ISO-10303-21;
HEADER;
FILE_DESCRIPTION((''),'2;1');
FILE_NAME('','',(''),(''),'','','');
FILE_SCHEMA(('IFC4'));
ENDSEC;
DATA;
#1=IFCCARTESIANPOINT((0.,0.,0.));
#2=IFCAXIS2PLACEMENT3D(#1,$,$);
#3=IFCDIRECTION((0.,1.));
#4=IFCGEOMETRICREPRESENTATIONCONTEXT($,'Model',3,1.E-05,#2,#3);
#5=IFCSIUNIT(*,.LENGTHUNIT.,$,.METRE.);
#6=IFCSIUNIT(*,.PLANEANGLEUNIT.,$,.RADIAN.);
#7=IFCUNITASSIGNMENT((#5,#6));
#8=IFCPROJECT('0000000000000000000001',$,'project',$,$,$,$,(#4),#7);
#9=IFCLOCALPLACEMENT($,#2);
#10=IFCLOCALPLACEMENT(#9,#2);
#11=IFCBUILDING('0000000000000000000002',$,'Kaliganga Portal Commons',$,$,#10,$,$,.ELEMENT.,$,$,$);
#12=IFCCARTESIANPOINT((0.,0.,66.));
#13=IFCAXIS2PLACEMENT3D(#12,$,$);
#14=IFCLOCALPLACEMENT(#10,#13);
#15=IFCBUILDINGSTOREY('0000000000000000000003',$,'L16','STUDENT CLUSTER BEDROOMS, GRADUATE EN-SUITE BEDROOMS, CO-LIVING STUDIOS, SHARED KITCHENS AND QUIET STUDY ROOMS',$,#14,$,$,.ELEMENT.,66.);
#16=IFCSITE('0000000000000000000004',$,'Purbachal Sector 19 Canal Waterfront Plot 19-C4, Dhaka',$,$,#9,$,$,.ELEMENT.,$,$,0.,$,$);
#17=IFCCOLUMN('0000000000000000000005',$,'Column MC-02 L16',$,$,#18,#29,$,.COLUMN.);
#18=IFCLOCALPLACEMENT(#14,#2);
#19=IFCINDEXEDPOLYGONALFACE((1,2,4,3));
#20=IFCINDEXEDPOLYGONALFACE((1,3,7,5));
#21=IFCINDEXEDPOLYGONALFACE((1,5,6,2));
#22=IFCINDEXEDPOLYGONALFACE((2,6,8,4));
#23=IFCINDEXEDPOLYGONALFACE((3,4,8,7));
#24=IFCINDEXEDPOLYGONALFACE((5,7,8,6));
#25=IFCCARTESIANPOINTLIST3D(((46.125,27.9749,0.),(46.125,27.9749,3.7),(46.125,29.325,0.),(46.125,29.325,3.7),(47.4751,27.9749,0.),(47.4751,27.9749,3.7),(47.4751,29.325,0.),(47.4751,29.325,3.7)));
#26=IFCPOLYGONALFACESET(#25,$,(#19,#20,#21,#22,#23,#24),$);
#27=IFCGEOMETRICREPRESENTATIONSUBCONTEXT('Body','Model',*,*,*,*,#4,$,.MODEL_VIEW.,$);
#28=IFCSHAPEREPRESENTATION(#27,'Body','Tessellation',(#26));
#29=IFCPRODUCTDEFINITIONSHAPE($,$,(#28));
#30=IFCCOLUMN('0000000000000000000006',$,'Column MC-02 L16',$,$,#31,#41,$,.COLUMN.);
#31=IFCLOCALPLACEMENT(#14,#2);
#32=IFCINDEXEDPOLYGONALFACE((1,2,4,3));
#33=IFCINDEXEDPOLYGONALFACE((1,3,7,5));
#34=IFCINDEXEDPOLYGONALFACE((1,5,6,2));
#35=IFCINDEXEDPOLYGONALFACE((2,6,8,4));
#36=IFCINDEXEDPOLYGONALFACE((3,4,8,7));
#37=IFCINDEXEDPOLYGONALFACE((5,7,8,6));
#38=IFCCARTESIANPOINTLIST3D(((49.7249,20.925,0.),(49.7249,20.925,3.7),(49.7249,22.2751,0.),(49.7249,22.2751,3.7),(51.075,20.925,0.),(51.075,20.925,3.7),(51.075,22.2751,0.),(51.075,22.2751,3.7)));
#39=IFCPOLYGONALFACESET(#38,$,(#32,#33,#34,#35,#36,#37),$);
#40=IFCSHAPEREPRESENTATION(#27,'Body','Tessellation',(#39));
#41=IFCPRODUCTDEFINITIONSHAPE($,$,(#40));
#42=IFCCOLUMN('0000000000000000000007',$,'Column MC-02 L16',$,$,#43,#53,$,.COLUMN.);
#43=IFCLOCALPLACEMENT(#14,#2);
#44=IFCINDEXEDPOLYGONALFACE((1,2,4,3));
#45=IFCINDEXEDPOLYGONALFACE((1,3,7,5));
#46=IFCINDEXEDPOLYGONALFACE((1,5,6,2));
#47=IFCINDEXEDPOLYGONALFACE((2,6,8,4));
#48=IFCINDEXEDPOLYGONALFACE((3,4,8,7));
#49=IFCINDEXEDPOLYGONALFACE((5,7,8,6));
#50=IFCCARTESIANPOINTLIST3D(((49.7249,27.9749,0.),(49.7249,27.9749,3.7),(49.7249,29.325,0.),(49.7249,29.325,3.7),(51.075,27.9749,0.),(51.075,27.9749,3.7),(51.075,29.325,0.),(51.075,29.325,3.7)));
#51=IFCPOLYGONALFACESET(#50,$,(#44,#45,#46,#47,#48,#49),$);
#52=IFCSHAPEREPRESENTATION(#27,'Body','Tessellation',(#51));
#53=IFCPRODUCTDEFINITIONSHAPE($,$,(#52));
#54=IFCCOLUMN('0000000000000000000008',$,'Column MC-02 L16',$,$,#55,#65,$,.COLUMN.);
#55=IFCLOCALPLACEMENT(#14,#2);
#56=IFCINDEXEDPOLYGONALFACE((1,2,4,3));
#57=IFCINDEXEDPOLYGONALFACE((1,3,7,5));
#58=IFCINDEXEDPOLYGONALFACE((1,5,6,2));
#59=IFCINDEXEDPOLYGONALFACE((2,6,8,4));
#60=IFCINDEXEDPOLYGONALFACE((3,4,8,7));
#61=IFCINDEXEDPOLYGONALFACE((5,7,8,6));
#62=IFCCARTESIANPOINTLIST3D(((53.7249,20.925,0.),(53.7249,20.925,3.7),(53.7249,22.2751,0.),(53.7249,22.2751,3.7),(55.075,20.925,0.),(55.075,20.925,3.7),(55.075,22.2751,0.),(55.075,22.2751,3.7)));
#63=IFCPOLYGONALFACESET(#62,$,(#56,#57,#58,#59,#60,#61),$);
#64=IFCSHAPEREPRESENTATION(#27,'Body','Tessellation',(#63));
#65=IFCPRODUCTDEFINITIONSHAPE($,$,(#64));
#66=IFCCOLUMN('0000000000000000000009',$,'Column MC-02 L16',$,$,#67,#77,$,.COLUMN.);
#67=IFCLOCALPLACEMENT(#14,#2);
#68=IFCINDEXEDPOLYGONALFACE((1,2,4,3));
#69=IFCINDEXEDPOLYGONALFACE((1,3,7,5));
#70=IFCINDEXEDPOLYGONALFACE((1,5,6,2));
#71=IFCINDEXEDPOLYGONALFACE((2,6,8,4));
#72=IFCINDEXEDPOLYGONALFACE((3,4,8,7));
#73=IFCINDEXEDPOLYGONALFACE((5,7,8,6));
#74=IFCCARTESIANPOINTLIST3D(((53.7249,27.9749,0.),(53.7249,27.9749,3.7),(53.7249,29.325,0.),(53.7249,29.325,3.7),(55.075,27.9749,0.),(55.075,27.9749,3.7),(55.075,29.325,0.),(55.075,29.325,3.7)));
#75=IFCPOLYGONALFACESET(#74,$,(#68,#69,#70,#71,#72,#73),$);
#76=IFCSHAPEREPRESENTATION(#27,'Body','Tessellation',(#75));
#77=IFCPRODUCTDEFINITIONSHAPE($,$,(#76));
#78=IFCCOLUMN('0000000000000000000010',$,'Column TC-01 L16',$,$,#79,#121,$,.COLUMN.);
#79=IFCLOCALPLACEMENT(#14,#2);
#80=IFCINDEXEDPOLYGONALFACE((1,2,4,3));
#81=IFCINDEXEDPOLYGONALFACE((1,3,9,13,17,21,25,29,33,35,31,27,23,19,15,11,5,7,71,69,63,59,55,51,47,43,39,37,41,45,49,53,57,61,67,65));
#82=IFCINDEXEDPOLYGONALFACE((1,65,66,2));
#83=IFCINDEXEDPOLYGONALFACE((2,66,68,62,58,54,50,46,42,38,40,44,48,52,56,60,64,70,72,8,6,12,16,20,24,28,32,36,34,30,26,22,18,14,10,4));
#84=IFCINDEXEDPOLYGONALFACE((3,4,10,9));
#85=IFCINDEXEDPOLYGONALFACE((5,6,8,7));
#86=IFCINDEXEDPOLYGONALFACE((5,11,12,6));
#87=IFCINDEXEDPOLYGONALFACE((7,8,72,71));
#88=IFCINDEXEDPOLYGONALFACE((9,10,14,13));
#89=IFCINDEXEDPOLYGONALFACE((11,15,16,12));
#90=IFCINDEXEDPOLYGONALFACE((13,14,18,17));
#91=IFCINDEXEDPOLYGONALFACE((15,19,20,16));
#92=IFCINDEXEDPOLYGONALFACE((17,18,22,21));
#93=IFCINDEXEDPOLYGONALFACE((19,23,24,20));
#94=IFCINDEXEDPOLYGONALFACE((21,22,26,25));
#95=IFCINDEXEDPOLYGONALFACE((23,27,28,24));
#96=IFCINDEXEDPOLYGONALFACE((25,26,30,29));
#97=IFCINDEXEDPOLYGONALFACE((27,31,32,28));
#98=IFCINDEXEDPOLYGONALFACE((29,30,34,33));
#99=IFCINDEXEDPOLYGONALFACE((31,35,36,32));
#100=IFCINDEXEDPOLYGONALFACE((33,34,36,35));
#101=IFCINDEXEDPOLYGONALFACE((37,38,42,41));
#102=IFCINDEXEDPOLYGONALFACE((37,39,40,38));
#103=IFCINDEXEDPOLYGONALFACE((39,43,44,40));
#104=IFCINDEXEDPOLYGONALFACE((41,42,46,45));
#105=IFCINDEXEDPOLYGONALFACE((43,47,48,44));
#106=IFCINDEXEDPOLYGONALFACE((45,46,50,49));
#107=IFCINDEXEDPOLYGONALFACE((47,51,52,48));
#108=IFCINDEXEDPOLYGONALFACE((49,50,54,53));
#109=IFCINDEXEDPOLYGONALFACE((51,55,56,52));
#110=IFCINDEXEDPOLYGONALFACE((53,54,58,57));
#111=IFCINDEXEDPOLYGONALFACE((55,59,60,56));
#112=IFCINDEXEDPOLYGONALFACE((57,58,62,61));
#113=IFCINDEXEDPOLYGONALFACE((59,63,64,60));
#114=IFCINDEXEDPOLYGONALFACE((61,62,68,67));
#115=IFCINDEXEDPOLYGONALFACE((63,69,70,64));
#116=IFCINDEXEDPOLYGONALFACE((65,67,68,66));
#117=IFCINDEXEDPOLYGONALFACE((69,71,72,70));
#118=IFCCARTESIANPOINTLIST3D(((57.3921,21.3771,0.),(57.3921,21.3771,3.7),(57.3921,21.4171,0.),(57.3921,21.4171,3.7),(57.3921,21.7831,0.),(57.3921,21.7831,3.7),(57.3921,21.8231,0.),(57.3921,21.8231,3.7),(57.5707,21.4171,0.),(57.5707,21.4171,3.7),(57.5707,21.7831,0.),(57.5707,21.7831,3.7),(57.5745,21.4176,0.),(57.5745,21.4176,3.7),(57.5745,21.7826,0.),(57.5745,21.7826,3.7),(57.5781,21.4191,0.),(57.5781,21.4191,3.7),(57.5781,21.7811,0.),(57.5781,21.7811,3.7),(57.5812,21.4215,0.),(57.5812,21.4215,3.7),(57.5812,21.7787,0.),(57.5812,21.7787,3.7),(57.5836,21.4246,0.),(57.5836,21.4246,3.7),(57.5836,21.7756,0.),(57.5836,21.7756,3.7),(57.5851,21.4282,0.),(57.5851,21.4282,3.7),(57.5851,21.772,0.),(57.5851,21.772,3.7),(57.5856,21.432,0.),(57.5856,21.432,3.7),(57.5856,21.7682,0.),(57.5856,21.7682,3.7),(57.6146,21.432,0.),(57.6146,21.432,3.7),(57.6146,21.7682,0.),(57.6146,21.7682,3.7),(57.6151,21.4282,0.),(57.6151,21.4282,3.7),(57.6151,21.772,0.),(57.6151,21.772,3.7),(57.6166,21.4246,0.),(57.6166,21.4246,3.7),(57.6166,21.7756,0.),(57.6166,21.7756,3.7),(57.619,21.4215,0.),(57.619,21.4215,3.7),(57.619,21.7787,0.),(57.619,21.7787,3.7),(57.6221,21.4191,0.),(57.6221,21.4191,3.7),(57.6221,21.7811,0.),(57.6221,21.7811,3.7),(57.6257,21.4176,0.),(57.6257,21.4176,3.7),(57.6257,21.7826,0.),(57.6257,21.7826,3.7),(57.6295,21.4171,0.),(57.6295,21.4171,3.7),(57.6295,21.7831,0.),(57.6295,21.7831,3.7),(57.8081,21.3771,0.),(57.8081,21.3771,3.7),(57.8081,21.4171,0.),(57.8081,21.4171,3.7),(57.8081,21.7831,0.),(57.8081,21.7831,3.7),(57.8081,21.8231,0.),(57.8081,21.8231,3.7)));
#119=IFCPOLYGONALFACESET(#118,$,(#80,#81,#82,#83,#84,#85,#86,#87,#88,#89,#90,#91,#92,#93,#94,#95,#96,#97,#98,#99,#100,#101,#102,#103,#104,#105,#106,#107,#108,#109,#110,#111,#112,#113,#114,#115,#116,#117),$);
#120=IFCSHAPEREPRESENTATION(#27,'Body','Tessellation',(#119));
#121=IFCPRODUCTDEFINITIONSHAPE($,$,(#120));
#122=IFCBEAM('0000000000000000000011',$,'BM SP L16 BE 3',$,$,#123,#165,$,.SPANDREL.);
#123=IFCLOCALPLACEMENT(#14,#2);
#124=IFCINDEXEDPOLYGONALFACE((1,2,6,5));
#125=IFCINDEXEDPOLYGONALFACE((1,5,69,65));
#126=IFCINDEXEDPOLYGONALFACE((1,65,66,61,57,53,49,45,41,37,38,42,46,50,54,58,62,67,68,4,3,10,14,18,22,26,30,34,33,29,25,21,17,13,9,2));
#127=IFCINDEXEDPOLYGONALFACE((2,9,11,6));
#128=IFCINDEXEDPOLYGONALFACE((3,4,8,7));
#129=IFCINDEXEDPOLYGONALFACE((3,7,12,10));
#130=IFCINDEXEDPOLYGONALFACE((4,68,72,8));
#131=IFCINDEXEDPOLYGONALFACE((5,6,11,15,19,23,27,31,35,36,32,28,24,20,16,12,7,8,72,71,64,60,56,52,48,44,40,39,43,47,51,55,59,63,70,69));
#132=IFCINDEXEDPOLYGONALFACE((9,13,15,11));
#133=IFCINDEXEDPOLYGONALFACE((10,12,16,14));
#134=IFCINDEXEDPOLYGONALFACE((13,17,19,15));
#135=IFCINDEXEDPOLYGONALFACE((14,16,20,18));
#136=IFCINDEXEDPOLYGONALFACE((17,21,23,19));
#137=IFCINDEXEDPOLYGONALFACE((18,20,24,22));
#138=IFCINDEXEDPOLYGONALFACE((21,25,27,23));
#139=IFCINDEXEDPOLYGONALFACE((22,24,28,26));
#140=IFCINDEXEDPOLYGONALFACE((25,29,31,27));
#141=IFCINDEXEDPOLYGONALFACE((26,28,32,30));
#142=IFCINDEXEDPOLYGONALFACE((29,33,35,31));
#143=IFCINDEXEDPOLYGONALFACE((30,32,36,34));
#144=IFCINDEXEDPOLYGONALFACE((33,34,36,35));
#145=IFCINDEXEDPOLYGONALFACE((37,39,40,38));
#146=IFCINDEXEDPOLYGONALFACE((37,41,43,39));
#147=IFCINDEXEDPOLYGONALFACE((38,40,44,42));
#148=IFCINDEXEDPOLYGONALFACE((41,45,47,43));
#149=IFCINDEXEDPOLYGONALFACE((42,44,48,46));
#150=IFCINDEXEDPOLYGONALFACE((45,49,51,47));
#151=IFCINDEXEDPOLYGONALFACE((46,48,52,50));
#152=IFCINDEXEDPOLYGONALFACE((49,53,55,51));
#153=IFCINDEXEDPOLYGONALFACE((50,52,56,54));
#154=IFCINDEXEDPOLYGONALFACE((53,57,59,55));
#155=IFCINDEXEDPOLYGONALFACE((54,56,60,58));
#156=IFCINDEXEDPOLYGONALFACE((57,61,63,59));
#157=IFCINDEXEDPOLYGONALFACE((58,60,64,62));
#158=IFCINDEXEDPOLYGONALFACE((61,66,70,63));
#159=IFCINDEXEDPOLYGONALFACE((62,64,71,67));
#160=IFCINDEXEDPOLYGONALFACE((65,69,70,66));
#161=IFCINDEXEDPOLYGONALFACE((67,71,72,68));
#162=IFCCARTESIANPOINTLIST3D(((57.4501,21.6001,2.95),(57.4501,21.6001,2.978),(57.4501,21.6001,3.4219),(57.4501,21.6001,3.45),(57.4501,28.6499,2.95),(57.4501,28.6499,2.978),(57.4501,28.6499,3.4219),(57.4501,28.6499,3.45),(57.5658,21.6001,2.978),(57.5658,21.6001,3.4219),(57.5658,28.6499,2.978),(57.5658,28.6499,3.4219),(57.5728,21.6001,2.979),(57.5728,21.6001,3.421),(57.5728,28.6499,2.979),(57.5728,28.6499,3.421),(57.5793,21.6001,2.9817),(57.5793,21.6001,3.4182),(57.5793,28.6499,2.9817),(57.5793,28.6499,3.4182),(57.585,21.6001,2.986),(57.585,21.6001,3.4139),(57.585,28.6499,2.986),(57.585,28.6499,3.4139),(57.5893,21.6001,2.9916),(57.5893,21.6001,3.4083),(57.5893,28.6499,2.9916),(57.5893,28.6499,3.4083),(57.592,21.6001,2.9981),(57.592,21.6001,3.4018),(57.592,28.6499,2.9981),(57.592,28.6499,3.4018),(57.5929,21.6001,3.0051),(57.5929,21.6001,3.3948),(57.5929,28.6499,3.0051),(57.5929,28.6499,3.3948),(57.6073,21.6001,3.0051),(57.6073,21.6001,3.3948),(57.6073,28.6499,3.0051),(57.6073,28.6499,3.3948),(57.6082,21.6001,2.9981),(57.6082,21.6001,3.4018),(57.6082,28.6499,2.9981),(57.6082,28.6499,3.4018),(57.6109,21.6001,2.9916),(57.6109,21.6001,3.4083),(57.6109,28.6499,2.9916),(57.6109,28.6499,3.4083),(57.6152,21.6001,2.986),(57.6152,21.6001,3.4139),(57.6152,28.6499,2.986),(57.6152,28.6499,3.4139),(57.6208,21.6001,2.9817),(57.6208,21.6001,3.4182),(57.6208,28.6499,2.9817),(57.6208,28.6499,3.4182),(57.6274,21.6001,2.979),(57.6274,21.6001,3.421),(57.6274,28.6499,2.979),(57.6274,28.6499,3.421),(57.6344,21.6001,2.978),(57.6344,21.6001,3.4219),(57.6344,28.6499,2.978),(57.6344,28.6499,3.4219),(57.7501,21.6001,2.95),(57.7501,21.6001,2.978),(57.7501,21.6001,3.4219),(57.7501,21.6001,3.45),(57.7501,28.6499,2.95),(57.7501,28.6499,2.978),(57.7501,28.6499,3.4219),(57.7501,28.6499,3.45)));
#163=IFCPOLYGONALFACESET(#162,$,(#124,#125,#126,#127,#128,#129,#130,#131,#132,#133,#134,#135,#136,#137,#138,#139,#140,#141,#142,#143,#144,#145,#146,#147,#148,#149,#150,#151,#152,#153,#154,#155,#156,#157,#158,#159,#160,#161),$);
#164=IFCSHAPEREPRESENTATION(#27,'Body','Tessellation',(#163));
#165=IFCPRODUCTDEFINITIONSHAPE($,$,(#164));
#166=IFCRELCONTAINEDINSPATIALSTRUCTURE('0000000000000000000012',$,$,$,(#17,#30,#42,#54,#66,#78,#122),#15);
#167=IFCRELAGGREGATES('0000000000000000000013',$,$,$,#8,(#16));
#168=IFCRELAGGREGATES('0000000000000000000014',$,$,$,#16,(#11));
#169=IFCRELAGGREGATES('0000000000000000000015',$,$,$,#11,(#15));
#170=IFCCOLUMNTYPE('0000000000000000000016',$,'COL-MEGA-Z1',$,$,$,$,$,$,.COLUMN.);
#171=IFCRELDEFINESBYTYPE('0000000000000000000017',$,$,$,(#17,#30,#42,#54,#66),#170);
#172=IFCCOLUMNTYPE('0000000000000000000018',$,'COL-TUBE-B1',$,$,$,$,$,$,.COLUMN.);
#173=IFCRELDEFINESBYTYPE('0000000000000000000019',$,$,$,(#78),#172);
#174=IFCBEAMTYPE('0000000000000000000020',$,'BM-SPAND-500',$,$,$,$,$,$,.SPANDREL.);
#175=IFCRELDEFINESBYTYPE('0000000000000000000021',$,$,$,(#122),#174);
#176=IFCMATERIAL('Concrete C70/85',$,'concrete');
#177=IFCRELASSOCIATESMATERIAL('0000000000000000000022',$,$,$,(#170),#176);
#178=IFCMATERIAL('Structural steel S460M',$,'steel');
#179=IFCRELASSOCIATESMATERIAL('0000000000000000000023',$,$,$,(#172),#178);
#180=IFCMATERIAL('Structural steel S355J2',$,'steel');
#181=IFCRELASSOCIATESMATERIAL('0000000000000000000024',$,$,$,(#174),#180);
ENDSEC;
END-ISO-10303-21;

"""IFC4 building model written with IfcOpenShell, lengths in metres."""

from ifc_helpers import new_model, si_unit, direction, frame, origin, origin_2d, place, context, subcontext, project, spatial, rectangle, i_section, extrude, source, transform, mapped, material, material_profile, profile_set, type_object, element, save


model = new_model("IFC4")

# Units and contexts
model_context = context("Model", 3, precision=1e-05, world=origin(), true_north=direction((0.0, 1.0)))
body_context = subcontext(model_context, "Body", "Model", "MODEL_VIEW")
ifc_project = project(units=[si_unit("LENGTHUNIT", "METRE"), si_unit("PLANEANGLEUNIT", "RADIAN")], contexts=[model_context])

# Site, building, storey
site_placement = place(None, origin())
site = spatial("IfcSite", under=ifc_project, at=site_placement, Name="Purbachal Sector 19 Canal Waterfront Plot 19-C4, Dhaka", CompositionType="ELEMENT", RefElevation=0.0)
building_placement = place(site_placement, origin())
building = spatial("IfcBuilding", under=site, at=building_placement, Name="Kaliganga Portal Commons", CompositionType="ELEMENT")
storey_placement = place(building_placement, frame((0.0, 0.0, 66.0)))
storey = spatial("IfcBuildingStorey", under=building, at=storey_placement, Name="L16", Description="STUDENT CLUSTER BEDROOMS, GRADUATE EN-SUITE BEDROOMS, CO-LIVING STUDIOS, SHARED KITCHENS AND QUIET STUDY ROOMS", CompositionType="ELEMENT", Elevation=66.0)

# Columns
ifc_material_1 = material(Name="Concrete C70/85", Category="concrete")
ifc_material_profile_1 = material_profile(ifc_material_1, rectangle(XDim=1.3501, YDim=1.3501, at=origin_2d()), Name="RC 1350x1350")
ifc_profile_set_1 = profile_set([ifc_material_profile_1], Name="Concrete C70/85")
column_type_1 = type_object("IfcColumnType", Name="COL-MEGA-Z1", PredefinedType="COLUMN", material=ifc_profile_set_1)
shared_shape_1 = source(origin(), body_context, "Body", "SweptSolid", [
    extrude(rectangle(XDim=1.3501, YDim=1.3501, at=origin_2d()), origin(), (0.0, 0.0, 1.0), 3.7),
])
for number, where, z_axis, x_axis, name in (
    (1, (46.8, 28.6499, 0.0), (0.0, 0.0, 1.0), (1.0, 0.0, 0.0), "Column MC-02 L16"),
    (2, (50.3999, 21.6001, 0.0), (0.0, 0.0, 1.0), (1.0, 0.0, 0.0), "Column MC-02 L16"),
    (3, (50.3999, 28.6499, 0.0), (0.0, 0.0, 1.0), (1.0, 0.0, 0.0), "Column MC-02 L16"),
    (4, (54.3999, 21.6001, 0.0), (0.0, 0.0, 1.0), (1.0, 0.0, 0.0), "Column MC-02 L16"),
    (5, (54.3999, 28.6499, 0.0), (0.0, 0.0, 1.0), (1.0, 0.0, 0.0), "Column MC-02 L16"),
):
    element("IfcColumn", number, at=place(storey_placement, frame(where, z_axis=z_axis, x_axis=x_axis)), inside=storey, type_object=column_type_1, Name=name, PredefinedType="COLUMN", context=body_context, shape_type="MappedRepresentation", body=[
        mapped(shared_shape_1, transform((0.0, 0.0, 0.0), x_axis=(1.0, 0.0, 0.0), y_axis=(0.0, 1.0, 0.0), z_axis=(0.0, 0.0, 1.0), scale=1.0)),
    ])
ifc_material_2 = material(Name="Structural steel S460M", Category="steel")
ifc_material_profile_2 = material_profile(ifc_material_2, i_section(OverallWidth=0.416, OverallDepth=0.446, WebThickness=0.0291, FlangeThickness=0.04, FilletRadius=0.0149, at=origin_2d()), Name="HD 400x509")
ifc_profile_set_2 = profile_set([ifc_material_profile_2], Name="Structural steel S460M wide-flange")
column_type_2 = type_object("IfcColumnType", Name="COL-TUBE-B1", PredefinedType="COLUMN", material=ifc_profile_set_2)
shared_shape_2 = source(origin(), body_context, "Body", "SweptSolid", [
    extrude(i_section(OverallWidth=0.416, OverallDepth=0.446, WebThickness=0.0291, FlangeThickness=0.04, FilletRadius=0.0149, at=origin_2d()), origin(), (0.0, 0.0, 1.0), 3.7),
])
column_placement = place(storey_placement, frame((57.6001, 21.6001, 0.0), z_axis=(0.0, 0.0, 1.0), x_axis=(1.0, 0.0, 0.0)))
element("IfcColumn", 6, at=column_placement, inside=storey, type_object=column_type_2, Name="Column TC-01 L16", PredefinedType="COLUMN", context=body_context, shape_type="MappedRepresentation", body=[
    mapped(shared_shape_2, transform((0.0, 0.0, 0.0), x_axis=(1.0, 0.0, 0.0), y_axis=(0.0, 1.0, 0.0), z_axis=(0.0, 0.0, 1.0), scale=1.0)),
])

# Beam
ifc_material_3 = material(Name="Structural steel S355J2", Category="steel")
ifc_material_profile_3 = material_profile(ifc_material_3, i_section(OverallWidth=0.3, OverallDepth=0.5, WebThickness=0.0144, FlangeThickness=0.0281, FilletRadius=0.0271, at=origin_2d()), Name="HE 500 B")
ifc_profile_set_3 = profile_set([ifc_material_profile_3], Name="Structural steel S355J2 wide-flange")
beam_type_1 = type_object("IfcBeamType", Name="BM-SPAND-500", PredefinedType="SPANDREL", material=ifc_profile_set_3)
shared_shape_3 = source(origin(), body_context, "Body", "SweptSolid", [
    extrude(i_section(OverallWidth=0.3, OverallDepth=0.5, WebThickness=0.0144, FlangeThickness=0.0281, FilletRadius=0.0271, at=origin_2d()), origin(), (0.0, 0.0, 1.0), 7.0498),
])
beam_1_placement = place(storey_placement, frame((57.6001, 21.6001, 3.2), z_axis=(0.0, 1.0, 0.0), x_axis=(-1.0, 0.0, 0.0)))
element("IfcBeam", 7, at=beam_1_placement, inside=storey, type_object=beam_type_1, Name="BM SP L16 BE 3", PredefinedType="SPANDREL", context=body_context, shape_type="MappedRepresentation", body=[
    mapped(shared_shape_3, transform((0.0, 0.0, 0.0), x_axis=(1.0, 0.0, 0.0), y_axis=(0.0, 1.0, 0.0), z_axis=(0.0, 0.0, 1.0), scale=1.0)),
])

save(model, "model.ifc")
